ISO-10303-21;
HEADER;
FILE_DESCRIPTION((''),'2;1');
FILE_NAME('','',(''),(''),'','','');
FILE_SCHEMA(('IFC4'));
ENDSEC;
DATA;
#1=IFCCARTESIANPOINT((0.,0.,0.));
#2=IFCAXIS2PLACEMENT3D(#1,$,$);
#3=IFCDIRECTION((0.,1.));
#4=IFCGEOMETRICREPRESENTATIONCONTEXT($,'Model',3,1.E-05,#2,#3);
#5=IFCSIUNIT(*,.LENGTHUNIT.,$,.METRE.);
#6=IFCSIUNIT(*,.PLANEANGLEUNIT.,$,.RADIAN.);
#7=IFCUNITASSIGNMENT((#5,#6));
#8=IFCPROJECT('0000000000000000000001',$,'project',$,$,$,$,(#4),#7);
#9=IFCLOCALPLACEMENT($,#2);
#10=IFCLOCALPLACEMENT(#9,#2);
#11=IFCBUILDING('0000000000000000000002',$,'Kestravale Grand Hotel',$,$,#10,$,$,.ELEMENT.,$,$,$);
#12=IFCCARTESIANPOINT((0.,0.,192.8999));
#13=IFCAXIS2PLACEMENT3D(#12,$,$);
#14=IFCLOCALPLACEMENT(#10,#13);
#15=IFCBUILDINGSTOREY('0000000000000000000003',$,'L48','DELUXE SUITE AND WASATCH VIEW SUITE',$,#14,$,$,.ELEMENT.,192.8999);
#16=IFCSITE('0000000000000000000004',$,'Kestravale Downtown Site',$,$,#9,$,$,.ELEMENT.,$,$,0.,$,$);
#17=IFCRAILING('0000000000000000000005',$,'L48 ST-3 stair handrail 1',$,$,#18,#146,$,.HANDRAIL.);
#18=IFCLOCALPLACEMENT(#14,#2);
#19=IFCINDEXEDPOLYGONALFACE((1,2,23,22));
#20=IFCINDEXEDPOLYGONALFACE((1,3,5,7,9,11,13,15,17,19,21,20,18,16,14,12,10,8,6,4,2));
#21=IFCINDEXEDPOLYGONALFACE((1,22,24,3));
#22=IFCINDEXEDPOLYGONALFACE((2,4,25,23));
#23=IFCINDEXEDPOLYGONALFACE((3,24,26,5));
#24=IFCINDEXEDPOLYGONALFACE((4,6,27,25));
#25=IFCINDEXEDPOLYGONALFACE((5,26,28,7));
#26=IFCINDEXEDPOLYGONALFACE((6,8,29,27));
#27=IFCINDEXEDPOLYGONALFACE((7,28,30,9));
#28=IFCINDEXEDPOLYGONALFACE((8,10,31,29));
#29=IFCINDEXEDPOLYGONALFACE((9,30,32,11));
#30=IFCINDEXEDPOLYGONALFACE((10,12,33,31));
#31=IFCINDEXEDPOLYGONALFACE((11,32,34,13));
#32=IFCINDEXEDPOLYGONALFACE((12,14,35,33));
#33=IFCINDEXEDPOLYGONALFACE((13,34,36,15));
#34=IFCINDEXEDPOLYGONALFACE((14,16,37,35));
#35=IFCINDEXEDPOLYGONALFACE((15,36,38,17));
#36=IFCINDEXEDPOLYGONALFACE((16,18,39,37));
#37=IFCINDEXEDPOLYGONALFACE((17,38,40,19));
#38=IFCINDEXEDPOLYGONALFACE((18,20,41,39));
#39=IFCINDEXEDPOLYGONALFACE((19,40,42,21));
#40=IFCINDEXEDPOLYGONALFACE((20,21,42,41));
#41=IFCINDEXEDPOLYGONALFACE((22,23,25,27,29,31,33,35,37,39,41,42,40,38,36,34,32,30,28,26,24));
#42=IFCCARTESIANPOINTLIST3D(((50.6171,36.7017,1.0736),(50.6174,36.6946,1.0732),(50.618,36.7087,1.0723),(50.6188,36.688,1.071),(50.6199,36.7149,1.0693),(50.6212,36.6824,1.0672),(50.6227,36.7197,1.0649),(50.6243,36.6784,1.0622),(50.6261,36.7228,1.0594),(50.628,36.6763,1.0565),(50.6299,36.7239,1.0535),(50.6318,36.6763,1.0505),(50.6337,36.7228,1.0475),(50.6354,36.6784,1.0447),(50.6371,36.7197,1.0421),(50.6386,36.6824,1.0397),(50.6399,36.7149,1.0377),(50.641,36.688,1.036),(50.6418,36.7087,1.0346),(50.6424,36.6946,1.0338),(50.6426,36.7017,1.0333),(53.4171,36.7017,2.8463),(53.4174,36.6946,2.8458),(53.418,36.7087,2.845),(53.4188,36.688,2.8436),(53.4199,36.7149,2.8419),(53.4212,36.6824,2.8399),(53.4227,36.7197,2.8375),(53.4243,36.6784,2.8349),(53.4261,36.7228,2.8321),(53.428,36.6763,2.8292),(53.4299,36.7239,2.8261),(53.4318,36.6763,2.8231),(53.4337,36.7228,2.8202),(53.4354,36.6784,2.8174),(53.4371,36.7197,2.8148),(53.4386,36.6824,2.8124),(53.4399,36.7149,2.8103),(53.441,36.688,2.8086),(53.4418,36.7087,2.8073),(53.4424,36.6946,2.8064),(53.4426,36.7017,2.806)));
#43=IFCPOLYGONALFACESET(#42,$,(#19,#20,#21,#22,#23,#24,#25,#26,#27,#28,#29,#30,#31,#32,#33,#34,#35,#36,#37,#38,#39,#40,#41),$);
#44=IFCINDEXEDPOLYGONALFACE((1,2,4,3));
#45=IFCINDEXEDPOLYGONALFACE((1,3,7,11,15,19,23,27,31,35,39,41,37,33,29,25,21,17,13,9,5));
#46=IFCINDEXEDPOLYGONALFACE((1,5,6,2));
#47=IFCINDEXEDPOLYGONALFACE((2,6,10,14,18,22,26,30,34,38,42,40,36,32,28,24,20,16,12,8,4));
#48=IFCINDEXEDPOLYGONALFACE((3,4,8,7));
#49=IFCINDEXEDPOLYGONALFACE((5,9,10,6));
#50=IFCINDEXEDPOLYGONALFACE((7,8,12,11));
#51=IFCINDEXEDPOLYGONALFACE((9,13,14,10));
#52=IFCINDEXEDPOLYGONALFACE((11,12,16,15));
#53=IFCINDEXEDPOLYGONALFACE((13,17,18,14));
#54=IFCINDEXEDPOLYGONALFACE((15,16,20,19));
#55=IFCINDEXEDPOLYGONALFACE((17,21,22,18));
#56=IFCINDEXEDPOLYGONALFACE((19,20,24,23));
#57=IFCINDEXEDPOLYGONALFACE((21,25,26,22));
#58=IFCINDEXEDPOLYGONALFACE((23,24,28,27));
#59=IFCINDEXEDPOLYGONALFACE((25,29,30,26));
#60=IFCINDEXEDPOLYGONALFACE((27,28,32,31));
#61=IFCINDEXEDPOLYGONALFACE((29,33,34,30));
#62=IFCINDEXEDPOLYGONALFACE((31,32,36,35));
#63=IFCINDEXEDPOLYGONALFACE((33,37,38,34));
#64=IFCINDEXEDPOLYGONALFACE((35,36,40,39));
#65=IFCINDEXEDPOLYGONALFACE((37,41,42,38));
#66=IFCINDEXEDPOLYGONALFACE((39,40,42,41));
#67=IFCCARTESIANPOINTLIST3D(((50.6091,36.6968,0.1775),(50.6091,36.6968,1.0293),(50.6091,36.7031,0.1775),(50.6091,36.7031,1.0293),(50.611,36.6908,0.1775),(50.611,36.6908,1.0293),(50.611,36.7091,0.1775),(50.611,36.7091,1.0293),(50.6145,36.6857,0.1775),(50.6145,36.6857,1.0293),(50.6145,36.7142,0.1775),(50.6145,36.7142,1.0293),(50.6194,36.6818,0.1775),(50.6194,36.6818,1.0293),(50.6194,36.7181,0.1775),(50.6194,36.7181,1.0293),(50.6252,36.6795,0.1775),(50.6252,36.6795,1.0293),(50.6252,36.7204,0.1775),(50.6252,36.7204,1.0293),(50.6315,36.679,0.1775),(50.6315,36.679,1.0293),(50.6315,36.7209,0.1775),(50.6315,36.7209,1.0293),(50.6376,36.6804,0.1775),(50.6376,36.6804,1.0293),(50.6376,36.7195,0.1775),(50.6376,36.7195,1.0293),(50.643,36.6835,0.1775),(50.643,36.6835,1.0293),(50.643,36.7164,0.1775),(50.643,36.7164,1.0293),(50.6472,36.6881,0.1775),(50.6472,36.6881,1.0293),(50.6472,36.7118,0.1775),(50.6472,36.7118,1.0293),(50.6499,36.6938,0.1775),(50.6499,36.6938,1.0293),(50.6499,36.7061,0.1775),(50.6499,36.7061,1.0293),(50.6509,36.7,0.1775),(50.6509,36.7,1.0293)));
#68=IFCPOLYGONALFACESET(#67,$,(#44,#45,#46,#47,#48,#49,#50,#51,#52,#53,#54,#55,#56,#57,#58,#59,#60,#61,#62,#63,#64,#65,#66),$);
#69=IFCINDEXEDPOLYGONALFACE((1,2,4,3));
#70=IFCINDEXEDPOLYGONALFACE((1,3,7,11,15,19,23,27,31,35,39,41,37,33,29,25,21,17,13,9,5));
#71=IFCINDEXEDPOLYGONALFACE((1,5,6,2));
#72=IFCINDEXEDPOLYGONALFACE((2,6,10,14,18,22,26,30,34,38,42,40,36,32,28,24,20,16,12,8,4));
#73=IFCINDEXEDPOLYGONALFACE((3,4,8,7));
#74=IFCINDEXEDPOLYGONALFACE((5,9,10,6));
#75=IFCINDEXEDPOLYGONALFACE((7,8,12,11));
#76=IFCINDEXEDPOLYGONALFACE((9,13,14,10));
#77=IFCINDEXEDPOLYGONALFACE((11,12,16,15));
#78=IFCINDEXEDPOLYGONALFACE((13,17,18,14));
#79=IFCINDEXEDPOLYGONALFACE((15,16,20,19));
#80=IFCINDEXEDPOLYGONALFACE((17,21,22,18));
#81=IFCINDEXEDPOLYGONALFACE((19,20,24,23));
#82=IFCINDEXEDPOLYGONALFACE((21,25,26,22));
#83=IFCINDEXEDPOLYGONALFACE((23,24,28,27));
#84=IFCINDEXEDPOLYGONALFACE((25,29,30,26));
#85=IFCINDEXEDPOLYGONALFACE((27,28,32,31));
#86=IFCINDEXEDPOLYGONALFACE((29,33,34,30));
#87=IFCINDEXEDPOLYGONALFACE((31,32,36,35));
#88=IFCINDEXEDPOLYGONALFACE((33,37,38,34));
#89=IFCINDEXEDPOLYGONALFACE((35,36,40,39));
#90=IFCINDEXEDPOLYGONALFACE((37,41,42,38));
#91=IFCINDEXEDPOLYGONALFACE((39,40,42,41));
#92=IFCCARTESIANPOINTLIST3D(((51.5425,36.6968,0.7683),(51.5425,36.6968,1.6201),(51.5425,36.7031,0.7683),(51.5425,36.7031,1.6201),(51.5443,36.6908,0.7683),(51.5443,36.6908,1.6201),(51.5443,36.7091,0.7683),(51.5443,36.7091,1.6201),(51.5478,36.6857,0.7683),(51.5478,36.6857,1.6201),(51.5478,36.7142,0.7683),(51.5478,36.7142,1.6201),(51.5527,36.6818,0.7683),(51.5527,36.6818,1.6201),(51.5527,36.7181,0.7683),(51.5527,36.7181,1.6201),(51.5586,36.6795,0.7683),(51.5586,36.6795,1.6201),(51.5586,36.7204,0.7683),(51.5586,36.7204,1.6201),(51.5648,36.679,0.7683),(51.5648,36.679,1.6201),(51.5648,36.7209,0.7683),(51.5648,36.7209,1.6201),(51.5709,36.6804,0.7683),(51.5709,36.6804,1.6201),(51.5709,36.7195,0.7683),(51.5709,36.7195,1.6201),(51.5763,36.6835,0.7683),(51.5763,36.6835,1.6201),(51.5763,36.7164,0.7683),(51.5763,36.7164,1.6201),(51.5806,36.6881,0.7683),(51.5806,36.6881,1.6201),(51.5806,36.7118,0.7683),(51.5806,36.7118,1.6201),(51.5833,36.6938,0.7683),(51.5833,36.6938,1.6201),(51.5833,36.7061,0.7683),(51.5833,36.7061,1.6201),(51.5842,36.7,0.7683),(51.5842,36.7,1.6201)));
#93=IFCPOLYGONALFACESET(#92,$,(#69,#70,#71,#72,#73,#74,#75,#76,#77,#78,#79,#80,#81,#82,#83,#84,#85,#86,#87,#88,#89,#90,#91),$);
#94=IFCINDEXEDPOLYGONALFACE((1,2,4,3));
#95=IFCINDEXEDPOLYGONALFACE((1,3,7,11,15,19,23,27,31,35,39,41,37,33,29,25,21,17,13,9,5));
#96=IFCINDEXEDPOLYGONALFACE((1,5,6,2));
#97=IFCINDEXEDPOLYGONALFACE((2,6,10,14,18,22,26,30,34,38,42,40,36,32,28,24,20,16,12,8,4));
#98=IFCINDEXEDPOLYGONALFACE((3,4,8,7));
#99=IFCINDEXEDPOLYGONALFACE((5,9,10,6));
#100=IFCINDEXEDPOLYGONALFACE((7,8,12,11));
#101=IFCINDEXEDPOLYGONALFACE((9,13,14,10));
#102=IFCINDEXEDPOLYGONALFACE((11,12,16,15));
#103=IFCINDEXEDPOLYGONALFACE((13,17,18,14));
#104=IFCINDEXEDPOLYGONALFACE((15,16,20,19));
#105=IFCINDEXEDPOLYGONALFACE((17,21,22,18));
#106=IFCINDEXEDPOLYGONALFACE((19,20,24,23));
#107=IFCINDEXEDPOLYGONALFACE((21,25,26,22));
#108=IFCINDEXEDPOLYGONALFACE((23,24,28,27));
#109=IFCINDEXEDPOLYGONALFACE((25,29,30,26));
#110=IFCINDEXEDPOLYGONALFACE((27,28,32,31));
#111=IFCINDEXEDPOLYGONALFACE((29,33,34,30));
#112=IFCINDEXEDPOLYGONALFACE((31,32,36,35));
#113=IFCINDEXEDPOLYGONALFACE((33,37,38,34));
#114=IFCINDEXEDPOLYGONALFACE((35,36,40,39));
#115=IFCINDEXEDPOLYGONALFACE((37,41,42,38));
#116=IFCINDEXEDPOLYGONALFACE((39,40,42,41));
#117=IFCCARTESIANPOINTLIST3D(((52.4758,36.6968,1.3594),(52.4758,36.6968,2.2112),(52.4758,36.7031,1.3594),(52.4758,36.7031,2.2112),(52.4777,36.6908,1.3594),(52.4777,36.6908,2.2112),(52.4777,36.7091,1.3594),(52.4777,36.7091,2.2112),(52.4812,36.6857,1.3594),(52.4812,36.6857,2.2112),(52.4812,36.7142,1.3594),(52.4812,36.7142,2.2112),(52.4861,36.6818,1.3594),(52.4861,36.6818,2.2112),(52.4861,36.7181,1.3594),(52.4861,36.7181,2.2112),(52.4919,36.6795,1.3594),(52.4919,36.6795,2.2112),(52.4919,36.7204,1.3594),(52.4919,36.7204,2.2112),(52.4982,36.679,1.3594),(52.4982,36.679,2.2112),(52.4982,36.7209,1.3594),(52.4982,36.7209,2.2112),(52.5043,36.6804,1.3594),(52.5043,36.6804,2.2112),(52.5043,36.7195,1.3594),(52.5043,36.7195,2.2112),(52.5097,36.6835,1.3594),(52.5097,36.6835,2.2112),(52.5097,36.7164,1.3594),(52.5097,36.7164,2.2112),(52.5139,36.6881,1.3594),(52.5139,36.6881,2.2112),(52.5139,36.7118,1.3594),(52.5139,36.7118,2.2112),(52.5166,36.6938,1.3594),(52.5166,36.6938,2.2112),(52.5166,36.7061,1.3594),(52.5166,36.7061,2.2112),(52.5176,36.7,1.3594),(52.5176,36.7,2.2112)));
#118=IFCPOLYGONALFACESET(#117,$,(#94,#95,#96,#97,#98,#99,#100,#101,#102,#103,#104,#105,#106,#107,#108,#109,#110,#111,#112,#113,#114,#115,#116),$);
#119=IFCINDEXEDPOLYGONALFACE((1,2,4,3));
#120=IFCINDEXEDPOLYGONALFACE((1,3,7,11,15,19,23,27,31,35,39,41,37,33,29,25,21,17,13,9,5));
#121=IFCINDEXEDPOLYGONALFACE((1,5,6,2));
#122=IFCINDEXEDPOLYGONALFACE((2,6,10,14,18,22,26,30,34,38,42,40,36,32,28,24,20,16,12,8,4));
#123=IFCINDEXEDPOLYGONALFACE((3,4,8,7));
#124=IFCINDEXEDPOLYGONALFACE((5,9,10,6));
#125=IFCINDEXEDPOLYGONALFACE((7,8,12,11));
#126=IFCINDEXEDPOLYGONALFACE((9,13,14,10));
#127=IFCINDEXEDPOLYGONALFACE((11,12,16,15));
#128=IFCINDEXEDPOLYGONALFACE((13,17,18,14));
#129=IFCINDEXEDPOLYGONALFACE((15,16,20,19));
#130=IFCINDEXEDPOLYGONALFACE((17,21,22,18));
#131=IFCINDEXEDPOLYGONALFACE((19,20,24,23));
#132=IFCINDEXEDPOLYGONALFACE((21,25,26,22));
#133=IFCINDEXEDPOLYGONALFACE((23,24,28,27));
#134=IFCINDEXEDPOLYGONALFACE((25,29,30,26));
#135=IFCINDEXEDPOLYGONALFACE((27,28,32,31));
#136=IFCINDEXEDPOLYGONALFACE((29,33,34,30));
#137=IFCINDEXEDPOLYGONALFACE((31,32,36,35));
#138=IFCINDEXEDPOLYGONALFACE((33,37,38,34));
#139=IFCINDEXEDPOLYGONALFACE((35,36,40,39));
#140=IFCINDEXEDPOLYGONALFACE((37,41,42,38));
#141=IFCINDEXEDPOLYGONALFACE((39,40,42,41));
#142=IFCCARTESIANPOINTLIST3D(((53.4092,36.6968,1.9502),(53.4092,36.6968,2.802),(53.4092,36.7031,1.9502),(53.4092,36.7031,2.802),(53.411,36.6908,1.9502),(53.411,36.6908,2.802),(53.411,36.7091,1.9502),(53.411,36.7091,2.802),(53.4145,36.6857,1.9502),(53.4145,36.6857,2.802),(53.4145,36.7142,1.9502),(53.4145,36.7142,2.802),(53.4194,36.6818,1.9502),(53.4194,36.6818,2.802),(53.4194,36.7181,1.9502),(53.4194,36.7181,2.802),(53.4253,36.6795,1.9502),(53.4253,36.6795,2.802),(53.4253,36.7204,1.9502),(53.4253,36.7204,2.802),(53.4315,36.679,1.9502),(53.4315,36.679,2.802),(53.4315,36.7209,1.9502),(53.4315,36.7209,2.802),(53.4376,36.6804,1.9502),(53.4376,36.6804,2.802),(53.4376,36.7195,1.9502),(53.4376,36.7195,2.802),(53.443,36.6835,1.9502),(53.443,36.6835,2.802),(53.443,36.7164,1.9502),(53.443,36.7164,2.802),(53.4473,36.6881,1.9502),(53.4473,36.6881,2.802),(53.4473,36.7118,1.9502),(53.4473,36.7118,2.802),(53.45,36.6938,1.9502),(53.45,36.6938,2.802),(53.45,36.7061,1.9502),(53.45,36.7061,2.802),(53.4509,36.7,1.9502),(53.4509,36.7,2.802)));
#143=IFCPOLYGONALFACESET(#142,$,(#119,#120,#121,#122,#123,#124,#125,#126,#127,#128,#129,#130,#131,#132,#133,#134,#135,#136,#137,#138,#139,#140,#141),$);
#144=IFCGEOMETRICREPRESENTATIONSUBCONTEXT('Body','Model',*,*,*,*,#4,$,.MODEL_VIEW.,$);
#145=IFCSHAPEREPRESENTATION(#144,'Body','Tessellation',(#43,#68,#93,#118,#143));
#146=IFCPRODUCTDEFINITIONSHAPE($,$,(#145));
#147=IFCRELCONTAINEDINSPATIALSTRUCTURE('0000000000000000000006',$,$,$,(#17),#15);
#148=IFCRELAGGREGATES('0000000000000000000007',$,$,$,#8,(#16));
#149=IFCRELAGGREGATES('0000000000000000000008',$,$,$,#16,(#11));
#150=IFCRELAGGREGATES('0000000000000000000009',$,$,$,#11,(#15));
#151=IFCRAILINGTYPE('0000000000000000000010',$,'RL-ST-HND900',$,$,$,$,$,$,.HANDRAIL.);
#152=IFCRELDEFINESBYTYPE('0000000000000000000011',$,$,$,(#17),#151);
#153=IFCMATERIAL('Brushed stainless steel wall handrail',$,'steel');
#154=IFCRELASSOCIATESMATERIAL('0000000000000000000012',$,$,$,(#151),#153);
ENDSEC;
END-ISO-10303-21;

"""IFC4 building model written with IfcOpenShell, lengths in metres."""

from ifc_helpers import new_model, si_unit, direction, frame, origin, origin_2d, place, context, subcontext, project, spatial, circle, extrude, material, type_object, element, save


model = new_model("IFC4")

# Units and contexts
model_context = context("Model", 3, precision=1e-05, world=origin(), true_north=direction((0.0, 1.0)))
body_context = subcontext(model_context, "Body", "Model", "MODEL_VIEW")
ifc_project = project(units=[si_unit("LENGTHUNIT", "METRE"), si_unit("PLANEANGLEUNIT", "RADIAN")], contexts=[model_context])

# Site, building, storey
site_placement = place(None, origin())
site = spatial("IfcSite", under=ifc_project, at=site_placement, Name="Kestravale Downtown Site", CompositionType="ELEMENT", RefElevation=0.0)
building_placement = place(site_placement, origin())
building = spatial("IfcBuilding", under=site, at=building_placement, Name="Kestravale Grand Hotel", CompositionType="ELEMENT")
storey_placement = place(building_placement, frame((0.0, 0.0, 192.8999)))
storey = spatial("IfcBuildingStorey", under=building, at=storey_placement, Name="L48", Description="DELUXE SUITE AND WASATCH VIEW SUITE", CompositionType="ELEMENT", Elevation=192.8999)

# Railing
ifc_material_1 = material(Name="Brushed stainless steel wall handrail", Category="steel")
railing_type_1 = type_object("IfcRailingType", Name="RL-ST-HND900", PredefinedType="HANDRAIL", material=ifc_material_1)
railing_1_placement = place(storey_placement, frame((50.6299, 36.7, 0.1775)))
element("IfcRailing", 1, at=railing_1_placement, inside=storey, type_object=railing_type_1, Name="L48 ST-3 stair handrail 1", PredefinedType="HANDRAIL", context=body_context, shape_type="SweptSolid", body=[
    extrude(circle(Radius=0.0239, at=origin_2d()), frame((0.0, 0.0, 0.876), z_axis=(0.844909, 0.0, 0.53491), x_axis=(0.0, 1.0, 0.0)), (0.0, 0.0, 1.0), 3.314),
    extrude(circle(Radius=0.021, at=origin_2d()), origin(), (0.0, 0.0, 1.0), 0.8518),
    extrude(circle(Radius=0.021, at=origin_2d()), frame((0.9333, 0.0, 0.5908)), (0.0, 0.0, 1.0), 0.8518),
    extrude(circle(Radius=0.021, at=origin_2d()), frame((1.8667, 0.0, 1.1819)), (0.0, 0.0, 1.0), 0.8518),
    extrude(circle(Radius=0.021, at=origin_2d()), frame((2.8, 0.0, 1.7727)), (0.0, 0.0, 1.0), 0.8518),
])

save(model, "model.ifc")
